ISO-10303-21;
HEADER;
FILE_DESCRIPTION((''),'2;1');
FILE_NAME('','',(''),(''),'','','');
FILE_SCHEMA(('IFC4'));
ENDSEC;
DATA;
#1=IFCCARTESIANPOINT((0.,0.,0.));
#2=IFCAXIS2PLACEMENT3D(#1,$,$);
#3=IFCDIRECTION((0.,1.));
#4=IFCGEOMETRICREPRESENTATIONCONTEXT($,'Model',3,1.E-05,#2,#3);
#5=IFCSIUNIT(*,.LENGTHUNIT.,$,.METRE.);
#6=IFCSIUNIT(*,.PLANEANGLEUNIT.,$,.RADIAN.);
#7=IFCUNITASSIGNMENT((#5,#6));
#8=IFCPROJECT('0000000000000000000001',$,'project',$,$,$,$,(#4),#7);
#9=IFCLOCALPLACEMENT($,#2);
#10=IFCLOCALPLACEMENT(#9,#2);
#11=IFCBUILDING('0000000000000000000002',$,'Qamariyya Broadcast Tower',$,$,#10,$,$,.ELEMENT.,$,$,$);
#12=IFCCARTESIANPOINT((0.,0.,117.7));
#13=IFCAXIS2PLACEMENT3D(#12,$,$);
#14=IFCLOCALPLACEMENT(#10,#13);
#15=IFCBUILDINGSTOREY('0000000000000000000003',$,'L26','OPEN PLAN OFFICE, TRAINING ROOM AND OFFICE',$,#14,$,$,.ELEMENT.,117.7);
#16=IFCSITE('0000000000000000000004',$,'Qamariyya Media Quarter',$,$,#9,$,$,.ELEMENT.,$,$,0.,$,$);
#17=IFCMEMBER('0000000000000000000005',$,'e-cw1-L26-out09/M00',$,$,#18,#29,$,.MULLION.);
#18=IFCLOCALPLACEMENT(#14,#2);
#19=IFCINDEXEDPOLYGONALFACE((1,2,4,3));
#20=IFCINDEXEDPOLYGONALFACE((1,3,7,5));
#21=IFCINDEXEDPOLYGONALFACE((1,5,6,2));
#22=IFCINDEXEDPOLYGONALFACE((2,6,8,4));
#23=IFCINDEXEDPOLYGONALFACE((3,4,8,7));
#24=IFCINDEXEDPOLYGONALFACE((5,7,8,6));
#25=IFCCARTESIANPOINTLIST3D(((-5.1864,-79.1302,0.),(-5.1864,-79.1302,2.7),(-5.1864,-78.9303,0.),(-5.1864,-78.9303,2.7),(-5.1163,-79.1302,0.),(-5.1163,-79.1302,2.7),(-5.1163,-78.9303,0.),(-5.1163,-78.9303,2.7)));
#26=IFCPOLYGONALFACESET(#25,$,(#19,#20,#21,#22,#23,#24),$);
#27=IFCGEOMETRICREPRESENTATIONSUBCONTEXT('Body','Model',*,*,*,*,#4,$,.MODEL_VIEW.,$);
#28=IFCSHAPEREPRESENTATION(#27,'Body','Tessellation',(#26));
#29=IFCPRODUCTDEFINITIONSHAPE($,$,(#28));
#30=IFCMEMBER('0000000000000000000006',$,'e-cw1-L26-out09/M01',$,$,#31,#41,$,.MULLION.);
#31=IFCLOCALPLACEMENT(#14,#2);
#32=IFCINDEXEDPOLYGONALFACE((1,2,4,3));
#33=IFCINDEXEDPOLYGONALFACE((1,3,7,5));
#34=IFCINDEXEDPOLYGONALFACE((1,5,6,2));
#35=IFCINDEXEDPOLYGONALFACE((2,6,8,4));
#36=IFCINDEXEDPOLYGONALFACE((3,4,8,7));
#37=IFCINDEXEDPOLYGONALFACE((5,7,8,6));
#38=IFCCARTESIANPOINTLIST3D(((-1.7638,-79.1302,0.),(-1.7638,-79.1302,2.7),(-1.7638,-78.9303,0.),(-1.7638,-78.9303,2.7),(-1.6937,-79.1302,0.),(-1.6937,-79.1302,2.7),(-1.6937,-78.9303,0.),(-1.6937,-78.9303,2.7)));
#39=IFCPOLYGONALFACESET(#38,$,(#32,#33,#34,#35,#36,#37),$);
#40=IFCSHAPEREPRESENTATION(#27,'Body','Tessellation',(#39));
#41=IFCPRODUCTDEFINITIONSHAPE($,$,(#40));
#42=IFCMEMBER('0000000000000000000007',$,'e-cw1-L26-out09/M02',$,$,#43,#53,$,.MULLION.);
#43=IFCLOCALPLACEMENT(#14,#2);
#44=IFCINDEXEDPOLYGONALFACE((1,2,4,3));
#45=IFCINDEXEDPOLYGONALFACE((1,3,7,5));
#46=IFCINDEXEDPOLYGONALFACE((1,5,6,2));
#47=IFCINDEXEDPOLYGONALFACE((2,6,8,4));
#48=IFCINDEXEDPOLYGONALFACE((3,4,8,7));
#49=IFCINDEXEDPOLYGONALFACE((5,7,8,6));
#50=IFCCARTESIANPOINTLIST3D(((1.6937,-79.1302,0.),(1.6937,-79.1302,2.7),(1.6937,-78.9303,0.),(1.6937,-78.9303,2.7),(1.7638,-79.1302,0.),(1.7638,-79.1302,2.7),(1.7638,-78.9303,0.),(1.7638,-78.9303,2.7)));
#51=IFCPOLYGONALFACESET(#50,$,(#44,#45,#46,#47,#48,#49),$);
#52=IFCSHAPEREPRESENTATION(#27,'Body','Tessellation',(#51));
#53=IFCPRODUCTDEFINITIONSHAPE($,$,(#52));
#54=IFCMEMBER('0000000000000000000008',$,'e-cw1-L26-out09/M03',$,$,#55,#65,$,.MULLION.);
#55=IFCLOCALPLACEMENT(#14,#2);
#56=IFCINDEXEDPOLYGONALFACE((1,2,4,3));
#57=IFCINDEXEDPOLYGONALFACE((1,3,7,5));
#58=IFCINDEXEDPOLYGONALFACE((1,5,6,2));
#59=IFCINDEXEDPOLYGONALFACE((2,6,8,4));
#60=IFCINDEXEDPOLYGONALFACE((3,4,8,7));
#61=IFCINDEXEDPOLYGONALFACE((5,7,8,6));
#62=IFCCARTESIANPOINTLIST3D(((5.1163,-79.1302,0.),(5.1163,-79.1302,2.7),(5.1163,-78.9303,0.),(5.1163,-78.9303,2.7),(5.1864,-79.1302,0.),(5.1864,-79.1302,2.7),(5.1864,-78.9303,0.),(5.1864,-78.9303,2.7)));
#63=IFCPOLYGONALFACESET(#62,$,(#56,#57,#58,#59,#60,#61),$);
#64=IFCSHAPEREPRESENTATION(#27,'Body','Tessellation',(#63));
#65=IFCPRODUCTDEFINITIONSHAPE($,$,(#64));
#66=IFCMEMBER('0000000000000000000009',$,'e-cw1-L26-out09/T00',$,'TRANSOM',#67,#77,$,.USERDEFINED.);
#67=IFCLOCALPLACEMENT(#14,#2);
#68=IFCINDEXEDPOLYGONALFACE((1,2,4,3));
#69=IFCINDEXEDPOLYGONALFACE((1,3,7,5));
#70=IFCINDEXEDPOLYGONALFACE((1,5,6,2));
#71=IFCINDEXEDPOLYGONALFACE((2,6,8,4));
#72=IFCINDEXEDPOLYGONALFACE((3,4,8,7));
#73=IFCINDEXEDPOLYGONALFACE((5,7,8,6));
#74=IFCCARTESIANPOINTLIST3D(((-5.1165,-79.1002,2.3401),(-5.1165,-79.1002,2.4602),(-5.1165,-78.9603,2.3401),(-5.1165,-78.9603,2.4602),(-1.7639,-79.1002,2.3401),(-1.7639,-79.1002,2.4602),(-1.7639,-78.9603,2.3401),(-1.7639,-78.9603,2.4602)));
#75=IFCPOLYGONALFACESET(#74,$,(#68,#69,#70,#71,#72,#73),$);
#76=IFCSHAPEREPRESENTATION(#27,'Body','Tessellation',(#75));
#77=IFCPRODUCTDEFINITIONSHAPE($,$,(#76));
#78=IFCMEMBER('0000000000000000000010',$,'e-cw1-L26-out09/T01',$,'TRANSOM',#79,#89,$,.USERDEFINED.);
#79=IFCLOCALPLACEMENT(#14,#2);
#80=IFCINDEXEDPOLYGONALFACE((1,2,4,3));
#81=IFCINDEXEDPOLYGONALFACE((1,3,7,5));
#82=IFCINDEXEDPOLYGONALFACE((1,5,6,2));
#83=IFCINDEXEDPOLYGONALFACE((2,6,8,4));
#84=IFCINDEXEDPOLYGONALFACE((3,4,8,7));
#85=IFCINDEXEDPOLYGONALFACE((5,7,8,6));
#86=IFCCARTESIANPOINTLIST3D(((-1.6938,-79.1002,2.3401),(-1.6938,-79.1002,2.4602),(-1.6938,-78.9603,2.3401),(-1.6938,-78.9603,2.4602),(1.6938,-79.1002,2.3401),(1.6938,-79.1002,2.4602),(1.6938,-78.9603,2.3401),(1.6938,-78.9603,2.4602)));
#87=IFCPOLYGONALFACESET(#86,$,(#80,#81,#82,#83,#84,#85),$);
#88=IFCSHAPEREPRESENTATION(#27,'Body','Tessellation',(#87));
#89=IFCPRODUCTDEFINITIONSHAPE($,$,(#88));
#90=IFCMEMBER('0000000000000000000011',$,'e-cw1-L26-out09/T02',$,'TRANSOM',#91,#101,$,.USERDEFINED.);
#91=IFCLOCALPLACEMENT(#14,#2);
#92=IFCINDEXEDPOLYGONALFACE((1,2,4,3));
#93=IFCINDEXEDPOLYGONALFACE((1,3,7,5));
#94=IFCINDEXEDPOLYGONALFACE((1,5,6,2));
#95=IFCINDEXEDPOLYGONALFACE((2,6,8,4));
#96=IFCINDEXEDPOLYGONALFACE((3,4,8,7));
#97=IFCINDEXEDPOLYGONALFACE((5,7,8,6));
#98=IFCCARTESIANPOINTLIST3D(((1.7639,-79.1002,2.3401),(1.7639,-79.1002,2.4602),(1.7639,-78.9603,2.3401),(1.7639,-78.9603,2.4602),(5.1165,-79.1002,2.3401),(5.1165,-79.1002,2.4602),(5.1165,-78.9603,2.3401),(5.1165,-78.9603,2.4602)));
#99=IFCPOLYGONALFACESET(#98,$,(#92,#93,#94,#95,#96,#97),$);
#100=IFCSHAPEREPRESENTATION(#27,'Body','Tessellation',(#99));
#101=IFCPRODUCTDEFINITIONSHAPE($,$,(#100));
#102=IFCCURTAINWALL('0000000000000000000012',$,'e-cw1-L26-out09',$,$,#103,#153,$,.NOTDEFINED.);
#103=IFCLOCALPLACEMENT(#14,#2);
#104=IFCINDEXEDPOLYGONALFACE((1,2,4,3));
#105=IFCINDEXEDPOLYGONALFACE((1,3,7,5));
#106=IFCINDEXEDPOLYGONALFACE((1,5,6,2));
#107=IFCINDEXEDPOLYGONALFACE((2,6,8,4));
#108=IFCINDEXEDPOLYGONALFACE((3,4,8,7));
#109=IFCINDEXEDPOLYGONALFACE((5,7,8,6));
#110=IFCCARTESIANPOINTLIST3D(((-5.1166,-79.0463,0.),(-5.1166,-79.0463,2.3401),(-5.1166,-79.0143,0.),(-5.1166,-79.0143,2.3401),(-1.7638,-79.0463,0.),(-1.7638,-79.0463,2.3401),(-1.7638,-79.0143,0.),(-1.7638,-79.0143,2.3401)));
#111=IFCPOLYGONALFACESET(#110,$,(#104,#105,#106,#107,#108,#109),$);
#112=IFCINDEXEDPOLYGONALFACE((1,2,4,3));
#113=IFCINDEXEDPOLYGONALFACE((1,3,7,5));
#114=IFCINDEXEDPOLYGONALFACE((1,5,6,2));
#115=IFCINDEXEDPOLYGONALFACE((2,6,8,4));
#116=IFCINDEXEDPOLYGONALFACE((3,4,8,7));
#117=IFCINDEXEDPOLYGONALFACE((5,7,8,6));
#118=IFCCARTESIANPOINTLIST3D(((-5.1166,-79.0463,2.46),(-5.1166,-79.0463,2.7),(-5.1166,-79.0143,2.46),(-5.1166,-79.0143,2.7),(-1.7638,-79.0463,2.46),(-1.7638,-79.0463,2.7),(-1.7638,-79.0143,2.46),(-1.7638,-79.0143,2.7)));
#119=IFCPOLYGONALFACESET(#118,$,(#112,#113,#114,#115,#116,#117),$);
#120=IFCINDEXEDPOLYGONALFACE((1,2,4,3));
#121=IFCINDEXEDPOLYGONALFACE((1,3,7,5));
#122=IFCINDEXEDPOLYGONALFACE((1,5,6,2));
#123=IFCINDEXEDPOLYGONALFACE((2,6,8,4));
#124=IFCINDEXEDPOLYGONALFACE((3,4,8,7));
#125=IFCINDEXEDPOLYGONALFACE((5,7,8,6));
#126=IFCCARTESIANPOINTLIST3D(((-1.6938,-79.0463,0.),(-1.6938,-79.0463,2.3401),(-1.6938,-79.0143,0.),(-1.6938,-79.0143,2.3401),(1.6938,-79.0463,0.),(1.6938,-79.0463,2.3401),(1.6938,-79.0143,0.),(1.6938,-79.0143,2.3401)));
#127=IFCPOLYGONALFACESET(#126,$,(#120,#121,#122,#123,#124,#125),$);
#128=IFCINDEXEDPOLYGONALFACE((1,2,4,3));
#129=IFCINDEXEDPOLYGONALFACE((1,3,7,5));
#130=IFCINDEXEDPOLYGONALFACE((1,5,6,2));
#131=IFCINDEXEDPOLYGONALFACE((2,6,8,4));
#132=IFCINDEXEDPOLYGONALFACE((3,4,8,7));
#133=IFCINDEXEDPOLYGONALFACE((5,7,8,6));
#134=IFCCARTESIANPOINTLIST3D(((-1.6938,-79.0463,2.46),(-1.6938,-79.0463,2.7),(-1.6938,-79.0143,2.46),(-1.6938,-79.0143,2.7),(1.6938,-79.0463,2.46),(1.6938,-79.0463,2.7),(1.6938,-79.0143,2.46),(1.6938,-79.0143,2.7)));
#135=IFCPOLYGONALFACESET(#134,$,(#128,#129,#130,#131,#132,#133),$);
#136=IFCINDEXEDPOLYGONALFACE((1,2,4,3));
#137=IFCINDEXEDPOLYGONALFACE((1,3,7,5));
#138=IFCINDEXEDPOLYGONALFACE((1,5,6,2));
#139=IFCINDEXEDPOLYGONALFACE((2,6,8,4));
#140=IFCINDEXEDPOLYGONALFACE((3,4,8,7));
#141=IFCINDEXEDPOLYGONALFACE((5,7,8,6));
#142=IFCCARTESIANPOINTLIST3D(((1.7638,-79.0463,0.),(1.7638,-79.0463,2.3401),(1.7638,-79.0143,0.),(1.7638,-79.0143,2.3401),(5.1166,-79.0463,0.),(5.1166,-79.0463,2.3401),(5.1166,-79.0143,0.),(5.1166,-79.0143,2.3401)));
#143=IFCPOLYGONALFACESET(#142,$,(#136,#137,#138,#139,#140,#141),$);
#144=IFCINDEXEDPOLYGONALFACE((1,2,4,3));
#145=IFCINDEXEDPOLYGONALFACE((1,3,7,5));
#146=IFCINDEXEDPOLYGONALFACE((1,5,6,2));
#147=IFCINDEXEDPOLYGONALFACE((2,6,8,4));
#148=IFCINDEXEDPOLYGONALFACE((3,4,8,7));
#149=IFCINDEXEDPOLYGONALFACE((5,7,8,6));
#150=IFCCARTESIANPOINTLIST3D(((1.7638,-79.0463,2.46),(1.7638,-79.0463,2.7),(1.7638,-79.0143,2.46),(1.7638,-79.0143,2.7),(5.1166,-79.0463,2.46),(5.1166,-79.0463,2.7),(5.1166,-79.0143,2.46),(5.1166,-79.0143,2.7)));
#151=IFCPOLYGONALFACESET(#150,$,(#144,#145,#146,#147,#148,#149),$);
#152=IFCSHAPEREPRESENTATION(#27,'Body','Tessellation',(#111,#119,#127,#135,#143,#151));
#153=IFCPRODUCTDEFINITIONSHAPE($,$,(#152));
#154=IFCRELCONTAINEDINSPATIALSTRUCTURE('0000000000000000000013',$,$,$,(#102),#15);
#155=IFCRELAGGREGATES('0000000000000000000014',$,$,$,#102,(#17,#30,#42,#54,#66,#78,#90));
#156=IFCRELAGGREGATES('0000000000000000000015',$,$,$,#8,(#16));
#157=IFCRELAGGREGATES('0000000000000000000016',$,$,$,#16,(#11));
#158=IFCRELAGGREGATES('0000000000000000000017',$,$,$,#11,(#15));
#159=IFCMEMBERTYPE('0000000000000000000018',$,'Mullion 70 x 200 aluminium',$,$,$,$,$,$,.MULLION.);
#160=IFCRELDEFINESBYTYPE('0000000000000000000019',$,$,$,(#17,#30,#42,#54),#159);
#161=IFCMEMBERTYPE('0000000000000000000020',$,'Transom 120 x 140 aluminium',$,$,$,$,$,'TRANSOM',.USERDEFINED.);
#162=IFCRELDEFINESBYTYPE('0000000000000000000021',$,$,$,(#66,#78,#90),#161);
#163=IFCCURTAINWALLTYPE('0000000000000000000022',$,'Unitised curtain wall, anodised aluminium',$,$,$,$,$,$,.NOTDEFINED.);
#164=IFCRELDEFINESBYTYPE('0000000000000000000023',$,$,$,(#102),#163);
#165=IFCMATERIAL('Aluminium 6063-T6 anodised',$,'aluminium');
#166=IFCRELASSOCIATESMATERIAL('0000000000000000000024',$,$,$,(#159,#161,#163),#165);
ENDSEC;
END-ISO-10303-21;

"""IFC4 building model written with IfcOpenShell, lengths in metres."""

from ifc_helpers import new_model, si_unit, direction, frame, origin, origin_2d, place, context, subcontext, project, spatial, rectangle, extrude, material, material_profile, profile_set, type_object, element, aggregate, save


model = new_model("IFC4")

# Units and contexts
model_context = context("Model", 3, precision=1e-05, world=origin(), true_north=direction((0.0, 1.0)))
body_context = subcontext(model_context, "Body", "Model", "MODEL_VIEW")
ifc_project = project(units=[si_unit("LENGTHUNIT", "METRE"), si_unit("PLANEANGLEUNIT", "RADIAN")], contexts=[model_context])

# Members
ifc_material = material(Name="Aluminium 6063-T6 anodised", Category="aluminium")
ifc_material_profile_1 = material_profile(ifc_material, rectangle(XDim=0.2, YDim=0.0701, at=origin_2d()))
ifc_profile_set_1 = profile_set([ifc_material_profile_1], Name="Aluminium 6063-T6 anodised")
member_type_1 = type_object("IfcMemberType", Name="Mullion 70 x 200 aluminium", PredefinedType="MULLION", material=ifc_profile_set_1)
site_placement = place(None, origin())
building_placement = place(site_placement, origin())
storey_placement = place(building_placement, frame((0.0, 0.0, 117.7)))
member_1_placement = place(storey_placement, frame((-5.1514, -79.0303, 0.0), z_axis=(0.0, 0.0, 1.0), x_axis=(0.0, 1.0, 0.0)))
member_1 = element("IfcMember", 1, at=member_1_placement, type_object=member_type_1, Name="e-cw1-L26-out09/M00", PredefinedType="MULLION", context=body_context, shape_type="SweptSolid", body=[
    extrude(rectangle(XDim=0.2, YDim=0.0701, at=origin_2d()), origin(), (0.0, 0.0, 1.0), 2.7),
])
member_2_placement = place(storey_placement, frame((-1.7288, -79.0303, 0.0), z_axis=(0.0, 0.0, 1.0), x_axis=(0.0, 1.0, 0.0)))
member_2 = element("IfcMember", 2, at=member_2_placement, type_object=member_type_1, Name="e-cw1-L26-out09/M01", PredefinedType="MULLION", context=body_context, shape_type="SweptSolid", body=[
    extrude(rectangle(XDim=0.2, YDim=0.0701, at=origin_2d()), origin(), (0.0, 0.0, 1.0), 2.7),
])
member_3_placement = place(storey_placement, frame((1.7288, -79.0303, 0.0), z_axis=(0.0, 0.0, 1.0), x_axis=(0.0, 1.0, 0.0)))
member_3 = element("IfcMember", 3, at=member_3_placement, type_object=member_type_1, Name="e-cw1-L26-out09/M02", PredefinedType="MULLION", context=body_context, shape_type="SweptSolid", body=[
    extrude(rectangle(XDim=0.2, YDim=0.0701, at=origin_2d()), origin(), (0.0, 0.0, 1.0), 2.7),
])
member_4_placement = place(storey_placement, frame((5.1514, -79.0303, 0.0), z_axis=(0.0, 0.0, 1.0), x_axis=(0.0, 1.0, 0.0)))
member_4 = element("IfcMember", 4, at=member_4_placement, type_object=member_type_1, Name="e-cw1-L26-out09/M03", PredefinedType="MULLION", context=body_context, shape_type="SweptSolid", body=[
    extrude(rectangle(XDim=0.2, YDim=0.0701, at=origin_2d()), origin(), (0.0, 0.0, 1.0), 2.7),
])
ifc_material_profile_2 = material_profile(ifc_material, rectangle(XDim=0.1399, YDim=0.1201, at=origin_2d()))
ifc_profile_set_2 = profile_set([ifc_material_profile_2], Name="Aluminium 6063-T6 anodised")
member_type_2 = type_object("IfcMemberType", Name="Transom 120 x 140 aluminium", ElementType="TRANSOM", PredefinedType="USERDEFINED", material=ifc_profile_set_2)
member_5_placement = place(storey_placement, frame((-5.1165, -79.0303, 2.4001), z_axis=(1.0, 0.0, 0.0), x_axis=(0.0, 1.0, 0.0)))
member_5 = element("IfcMember", 5, at=member_5_placement, type_object=member_type_2, Name="e-cw1-L26-out09/T00", ObjectType="TRANSOM", PredefinedType="USERDEFINED", context=body_context, shape_type="SweptSolid", body=[
    extrude(rectangle(XDim=0.1399, YDim=0.1201, at=origin_2d()), origin(), (0.0, 0.0, 1.0), 3.3525),
])
member_6_placement = place(storey_placement, frame((-1.6938, -79.0303, 2.4001), z_axis=(1.0, 0.0, 0.0), x_axis=(0.0, 1.0, 0.0)))
member_6 = element("IfcMember", 6, at=member_6_placement, type_object=member_type_2, Name="e-cw1-L26-out09/T01", ObjectType="TRANSOM", PredefinedType="USERDEFINED", context=body_context, shape_type="SweptSolid", body=[
    extrude(rectangle(XDim=0.1399, YDim=0.1201, at=origin_2d()), origin(), (0.0, 0.0, 1.0), 3.3877),
])
member_7_placement = place(storey_placement, frame((1.7639, -79.0303, 2.4001), z_axis=(1.0, 0.0, 0.0), x_axis=(0.0, 1.0, 0.0)))
member_7 = element("IfcMember", 7, at=member_7_placement, type_object=member_type_2, Name="e-cw1-L26-out09/T02", ObjectType="TRANSOM", PredefinedType="USERDEFINED", context=body_context, shape_type="SweptSolid", body=[
    extrude(rectangle(XDim=0.1399, YDim=0.1201, at=origin_2d()), origin(), (0.0, 0.0, 1.0), 3.3525),
])

# Site, building, storey
site = spatial("IfcSite", under=ifc_project, at=site_placement, Name="Qamariyya Media Quarter", CompositionType="ELEMENT", RefElevation=0.0)
building = spatial("IfcBuilding", under=site, at=building_placement, Name="Qamariyya Broadcast Tower", CompositionType="ELEMENT")
storey = spatial("IfcBuildingStorey", under=building, at=storey_placement, Name="L26", Description="OPEN PLAN OFFICE, TRAINING ROOM AND OFFICE", CompositionType="ELEMENT", Elevation=117.7)

# Curtain wall
curtain_wall_type = type_object("IfcCurtainWallType", Name="Unitised curtain wall, anodised aluminium", PredefinedType="NOTDEFINED", material=ifc_material)
curtain_wall_1_placement = place(storey_placement, origin())
curtain_wall_1 = element("IfcCurtainWall", 8, at=curtain_wall_1_placement, inside=storey, type_object=curtain_wall_type, Name="e-cw1-L26-out09", PredefinedType="NOTDEFINED", context=body_context, shape_type="SweptSolid", body=[
    extrude(rectangle(XDim=3.3528, YDim=0.032, at=origin_2d()), frame((-3.4402, -79.0303, 0.0), x_axis=(1.0, 0.0, 0.0)), (0.0, 0.0, 1.0), 2.3401),
    extrude(rectangle(XDim=3.3528, YDim=0.032, at=origin_2d()), frame((-3.4402, -79.0303, 2.46), x_axis=(1.0, 0.0, 0.0)), (0.0, 0.0, 1.0), 0.24),
    extrude(rectangle(XDim=3.3877, YDim=0.032, at=origin_2d()), frame((0.0, -79.0303, 0.0), x_axis=(1.0, 0.0, 0.0)), (0.0, 0.0, 1.0), 2.3401),
    extrude(rectangle(XDim=3.3877, YDim=0.032, at=origin_2d()), frame((0.0, -79.0303, 2.46), x_axis=(1.0, 0.0, 0.0)), (0.0, 0.0, 1.0), 0.24),
    extrude(rectangle(XDim=3.3528, YDim=0.032, at=origin_2d()), frame((3.4402, -79.0303, 0.0), x_axis=(1.0, 0.0, 0.0)), (0.0, 0.0, 1.0), 2.3401),
    extrude(rectangle(XDim=3.3528, YDim=0.032, at=origin_2d()), frame((3.4402, -79.0303, 2.46), x_axis=(1.0, 0.0, 0.0)), (0.0, 0.0, 1.0), 0.24),
])
aggregate(curtain_wall_1, [member_1, member_2, member_3, member_4, member_5, member_6, member_7])

save(model, "model.ifc")
